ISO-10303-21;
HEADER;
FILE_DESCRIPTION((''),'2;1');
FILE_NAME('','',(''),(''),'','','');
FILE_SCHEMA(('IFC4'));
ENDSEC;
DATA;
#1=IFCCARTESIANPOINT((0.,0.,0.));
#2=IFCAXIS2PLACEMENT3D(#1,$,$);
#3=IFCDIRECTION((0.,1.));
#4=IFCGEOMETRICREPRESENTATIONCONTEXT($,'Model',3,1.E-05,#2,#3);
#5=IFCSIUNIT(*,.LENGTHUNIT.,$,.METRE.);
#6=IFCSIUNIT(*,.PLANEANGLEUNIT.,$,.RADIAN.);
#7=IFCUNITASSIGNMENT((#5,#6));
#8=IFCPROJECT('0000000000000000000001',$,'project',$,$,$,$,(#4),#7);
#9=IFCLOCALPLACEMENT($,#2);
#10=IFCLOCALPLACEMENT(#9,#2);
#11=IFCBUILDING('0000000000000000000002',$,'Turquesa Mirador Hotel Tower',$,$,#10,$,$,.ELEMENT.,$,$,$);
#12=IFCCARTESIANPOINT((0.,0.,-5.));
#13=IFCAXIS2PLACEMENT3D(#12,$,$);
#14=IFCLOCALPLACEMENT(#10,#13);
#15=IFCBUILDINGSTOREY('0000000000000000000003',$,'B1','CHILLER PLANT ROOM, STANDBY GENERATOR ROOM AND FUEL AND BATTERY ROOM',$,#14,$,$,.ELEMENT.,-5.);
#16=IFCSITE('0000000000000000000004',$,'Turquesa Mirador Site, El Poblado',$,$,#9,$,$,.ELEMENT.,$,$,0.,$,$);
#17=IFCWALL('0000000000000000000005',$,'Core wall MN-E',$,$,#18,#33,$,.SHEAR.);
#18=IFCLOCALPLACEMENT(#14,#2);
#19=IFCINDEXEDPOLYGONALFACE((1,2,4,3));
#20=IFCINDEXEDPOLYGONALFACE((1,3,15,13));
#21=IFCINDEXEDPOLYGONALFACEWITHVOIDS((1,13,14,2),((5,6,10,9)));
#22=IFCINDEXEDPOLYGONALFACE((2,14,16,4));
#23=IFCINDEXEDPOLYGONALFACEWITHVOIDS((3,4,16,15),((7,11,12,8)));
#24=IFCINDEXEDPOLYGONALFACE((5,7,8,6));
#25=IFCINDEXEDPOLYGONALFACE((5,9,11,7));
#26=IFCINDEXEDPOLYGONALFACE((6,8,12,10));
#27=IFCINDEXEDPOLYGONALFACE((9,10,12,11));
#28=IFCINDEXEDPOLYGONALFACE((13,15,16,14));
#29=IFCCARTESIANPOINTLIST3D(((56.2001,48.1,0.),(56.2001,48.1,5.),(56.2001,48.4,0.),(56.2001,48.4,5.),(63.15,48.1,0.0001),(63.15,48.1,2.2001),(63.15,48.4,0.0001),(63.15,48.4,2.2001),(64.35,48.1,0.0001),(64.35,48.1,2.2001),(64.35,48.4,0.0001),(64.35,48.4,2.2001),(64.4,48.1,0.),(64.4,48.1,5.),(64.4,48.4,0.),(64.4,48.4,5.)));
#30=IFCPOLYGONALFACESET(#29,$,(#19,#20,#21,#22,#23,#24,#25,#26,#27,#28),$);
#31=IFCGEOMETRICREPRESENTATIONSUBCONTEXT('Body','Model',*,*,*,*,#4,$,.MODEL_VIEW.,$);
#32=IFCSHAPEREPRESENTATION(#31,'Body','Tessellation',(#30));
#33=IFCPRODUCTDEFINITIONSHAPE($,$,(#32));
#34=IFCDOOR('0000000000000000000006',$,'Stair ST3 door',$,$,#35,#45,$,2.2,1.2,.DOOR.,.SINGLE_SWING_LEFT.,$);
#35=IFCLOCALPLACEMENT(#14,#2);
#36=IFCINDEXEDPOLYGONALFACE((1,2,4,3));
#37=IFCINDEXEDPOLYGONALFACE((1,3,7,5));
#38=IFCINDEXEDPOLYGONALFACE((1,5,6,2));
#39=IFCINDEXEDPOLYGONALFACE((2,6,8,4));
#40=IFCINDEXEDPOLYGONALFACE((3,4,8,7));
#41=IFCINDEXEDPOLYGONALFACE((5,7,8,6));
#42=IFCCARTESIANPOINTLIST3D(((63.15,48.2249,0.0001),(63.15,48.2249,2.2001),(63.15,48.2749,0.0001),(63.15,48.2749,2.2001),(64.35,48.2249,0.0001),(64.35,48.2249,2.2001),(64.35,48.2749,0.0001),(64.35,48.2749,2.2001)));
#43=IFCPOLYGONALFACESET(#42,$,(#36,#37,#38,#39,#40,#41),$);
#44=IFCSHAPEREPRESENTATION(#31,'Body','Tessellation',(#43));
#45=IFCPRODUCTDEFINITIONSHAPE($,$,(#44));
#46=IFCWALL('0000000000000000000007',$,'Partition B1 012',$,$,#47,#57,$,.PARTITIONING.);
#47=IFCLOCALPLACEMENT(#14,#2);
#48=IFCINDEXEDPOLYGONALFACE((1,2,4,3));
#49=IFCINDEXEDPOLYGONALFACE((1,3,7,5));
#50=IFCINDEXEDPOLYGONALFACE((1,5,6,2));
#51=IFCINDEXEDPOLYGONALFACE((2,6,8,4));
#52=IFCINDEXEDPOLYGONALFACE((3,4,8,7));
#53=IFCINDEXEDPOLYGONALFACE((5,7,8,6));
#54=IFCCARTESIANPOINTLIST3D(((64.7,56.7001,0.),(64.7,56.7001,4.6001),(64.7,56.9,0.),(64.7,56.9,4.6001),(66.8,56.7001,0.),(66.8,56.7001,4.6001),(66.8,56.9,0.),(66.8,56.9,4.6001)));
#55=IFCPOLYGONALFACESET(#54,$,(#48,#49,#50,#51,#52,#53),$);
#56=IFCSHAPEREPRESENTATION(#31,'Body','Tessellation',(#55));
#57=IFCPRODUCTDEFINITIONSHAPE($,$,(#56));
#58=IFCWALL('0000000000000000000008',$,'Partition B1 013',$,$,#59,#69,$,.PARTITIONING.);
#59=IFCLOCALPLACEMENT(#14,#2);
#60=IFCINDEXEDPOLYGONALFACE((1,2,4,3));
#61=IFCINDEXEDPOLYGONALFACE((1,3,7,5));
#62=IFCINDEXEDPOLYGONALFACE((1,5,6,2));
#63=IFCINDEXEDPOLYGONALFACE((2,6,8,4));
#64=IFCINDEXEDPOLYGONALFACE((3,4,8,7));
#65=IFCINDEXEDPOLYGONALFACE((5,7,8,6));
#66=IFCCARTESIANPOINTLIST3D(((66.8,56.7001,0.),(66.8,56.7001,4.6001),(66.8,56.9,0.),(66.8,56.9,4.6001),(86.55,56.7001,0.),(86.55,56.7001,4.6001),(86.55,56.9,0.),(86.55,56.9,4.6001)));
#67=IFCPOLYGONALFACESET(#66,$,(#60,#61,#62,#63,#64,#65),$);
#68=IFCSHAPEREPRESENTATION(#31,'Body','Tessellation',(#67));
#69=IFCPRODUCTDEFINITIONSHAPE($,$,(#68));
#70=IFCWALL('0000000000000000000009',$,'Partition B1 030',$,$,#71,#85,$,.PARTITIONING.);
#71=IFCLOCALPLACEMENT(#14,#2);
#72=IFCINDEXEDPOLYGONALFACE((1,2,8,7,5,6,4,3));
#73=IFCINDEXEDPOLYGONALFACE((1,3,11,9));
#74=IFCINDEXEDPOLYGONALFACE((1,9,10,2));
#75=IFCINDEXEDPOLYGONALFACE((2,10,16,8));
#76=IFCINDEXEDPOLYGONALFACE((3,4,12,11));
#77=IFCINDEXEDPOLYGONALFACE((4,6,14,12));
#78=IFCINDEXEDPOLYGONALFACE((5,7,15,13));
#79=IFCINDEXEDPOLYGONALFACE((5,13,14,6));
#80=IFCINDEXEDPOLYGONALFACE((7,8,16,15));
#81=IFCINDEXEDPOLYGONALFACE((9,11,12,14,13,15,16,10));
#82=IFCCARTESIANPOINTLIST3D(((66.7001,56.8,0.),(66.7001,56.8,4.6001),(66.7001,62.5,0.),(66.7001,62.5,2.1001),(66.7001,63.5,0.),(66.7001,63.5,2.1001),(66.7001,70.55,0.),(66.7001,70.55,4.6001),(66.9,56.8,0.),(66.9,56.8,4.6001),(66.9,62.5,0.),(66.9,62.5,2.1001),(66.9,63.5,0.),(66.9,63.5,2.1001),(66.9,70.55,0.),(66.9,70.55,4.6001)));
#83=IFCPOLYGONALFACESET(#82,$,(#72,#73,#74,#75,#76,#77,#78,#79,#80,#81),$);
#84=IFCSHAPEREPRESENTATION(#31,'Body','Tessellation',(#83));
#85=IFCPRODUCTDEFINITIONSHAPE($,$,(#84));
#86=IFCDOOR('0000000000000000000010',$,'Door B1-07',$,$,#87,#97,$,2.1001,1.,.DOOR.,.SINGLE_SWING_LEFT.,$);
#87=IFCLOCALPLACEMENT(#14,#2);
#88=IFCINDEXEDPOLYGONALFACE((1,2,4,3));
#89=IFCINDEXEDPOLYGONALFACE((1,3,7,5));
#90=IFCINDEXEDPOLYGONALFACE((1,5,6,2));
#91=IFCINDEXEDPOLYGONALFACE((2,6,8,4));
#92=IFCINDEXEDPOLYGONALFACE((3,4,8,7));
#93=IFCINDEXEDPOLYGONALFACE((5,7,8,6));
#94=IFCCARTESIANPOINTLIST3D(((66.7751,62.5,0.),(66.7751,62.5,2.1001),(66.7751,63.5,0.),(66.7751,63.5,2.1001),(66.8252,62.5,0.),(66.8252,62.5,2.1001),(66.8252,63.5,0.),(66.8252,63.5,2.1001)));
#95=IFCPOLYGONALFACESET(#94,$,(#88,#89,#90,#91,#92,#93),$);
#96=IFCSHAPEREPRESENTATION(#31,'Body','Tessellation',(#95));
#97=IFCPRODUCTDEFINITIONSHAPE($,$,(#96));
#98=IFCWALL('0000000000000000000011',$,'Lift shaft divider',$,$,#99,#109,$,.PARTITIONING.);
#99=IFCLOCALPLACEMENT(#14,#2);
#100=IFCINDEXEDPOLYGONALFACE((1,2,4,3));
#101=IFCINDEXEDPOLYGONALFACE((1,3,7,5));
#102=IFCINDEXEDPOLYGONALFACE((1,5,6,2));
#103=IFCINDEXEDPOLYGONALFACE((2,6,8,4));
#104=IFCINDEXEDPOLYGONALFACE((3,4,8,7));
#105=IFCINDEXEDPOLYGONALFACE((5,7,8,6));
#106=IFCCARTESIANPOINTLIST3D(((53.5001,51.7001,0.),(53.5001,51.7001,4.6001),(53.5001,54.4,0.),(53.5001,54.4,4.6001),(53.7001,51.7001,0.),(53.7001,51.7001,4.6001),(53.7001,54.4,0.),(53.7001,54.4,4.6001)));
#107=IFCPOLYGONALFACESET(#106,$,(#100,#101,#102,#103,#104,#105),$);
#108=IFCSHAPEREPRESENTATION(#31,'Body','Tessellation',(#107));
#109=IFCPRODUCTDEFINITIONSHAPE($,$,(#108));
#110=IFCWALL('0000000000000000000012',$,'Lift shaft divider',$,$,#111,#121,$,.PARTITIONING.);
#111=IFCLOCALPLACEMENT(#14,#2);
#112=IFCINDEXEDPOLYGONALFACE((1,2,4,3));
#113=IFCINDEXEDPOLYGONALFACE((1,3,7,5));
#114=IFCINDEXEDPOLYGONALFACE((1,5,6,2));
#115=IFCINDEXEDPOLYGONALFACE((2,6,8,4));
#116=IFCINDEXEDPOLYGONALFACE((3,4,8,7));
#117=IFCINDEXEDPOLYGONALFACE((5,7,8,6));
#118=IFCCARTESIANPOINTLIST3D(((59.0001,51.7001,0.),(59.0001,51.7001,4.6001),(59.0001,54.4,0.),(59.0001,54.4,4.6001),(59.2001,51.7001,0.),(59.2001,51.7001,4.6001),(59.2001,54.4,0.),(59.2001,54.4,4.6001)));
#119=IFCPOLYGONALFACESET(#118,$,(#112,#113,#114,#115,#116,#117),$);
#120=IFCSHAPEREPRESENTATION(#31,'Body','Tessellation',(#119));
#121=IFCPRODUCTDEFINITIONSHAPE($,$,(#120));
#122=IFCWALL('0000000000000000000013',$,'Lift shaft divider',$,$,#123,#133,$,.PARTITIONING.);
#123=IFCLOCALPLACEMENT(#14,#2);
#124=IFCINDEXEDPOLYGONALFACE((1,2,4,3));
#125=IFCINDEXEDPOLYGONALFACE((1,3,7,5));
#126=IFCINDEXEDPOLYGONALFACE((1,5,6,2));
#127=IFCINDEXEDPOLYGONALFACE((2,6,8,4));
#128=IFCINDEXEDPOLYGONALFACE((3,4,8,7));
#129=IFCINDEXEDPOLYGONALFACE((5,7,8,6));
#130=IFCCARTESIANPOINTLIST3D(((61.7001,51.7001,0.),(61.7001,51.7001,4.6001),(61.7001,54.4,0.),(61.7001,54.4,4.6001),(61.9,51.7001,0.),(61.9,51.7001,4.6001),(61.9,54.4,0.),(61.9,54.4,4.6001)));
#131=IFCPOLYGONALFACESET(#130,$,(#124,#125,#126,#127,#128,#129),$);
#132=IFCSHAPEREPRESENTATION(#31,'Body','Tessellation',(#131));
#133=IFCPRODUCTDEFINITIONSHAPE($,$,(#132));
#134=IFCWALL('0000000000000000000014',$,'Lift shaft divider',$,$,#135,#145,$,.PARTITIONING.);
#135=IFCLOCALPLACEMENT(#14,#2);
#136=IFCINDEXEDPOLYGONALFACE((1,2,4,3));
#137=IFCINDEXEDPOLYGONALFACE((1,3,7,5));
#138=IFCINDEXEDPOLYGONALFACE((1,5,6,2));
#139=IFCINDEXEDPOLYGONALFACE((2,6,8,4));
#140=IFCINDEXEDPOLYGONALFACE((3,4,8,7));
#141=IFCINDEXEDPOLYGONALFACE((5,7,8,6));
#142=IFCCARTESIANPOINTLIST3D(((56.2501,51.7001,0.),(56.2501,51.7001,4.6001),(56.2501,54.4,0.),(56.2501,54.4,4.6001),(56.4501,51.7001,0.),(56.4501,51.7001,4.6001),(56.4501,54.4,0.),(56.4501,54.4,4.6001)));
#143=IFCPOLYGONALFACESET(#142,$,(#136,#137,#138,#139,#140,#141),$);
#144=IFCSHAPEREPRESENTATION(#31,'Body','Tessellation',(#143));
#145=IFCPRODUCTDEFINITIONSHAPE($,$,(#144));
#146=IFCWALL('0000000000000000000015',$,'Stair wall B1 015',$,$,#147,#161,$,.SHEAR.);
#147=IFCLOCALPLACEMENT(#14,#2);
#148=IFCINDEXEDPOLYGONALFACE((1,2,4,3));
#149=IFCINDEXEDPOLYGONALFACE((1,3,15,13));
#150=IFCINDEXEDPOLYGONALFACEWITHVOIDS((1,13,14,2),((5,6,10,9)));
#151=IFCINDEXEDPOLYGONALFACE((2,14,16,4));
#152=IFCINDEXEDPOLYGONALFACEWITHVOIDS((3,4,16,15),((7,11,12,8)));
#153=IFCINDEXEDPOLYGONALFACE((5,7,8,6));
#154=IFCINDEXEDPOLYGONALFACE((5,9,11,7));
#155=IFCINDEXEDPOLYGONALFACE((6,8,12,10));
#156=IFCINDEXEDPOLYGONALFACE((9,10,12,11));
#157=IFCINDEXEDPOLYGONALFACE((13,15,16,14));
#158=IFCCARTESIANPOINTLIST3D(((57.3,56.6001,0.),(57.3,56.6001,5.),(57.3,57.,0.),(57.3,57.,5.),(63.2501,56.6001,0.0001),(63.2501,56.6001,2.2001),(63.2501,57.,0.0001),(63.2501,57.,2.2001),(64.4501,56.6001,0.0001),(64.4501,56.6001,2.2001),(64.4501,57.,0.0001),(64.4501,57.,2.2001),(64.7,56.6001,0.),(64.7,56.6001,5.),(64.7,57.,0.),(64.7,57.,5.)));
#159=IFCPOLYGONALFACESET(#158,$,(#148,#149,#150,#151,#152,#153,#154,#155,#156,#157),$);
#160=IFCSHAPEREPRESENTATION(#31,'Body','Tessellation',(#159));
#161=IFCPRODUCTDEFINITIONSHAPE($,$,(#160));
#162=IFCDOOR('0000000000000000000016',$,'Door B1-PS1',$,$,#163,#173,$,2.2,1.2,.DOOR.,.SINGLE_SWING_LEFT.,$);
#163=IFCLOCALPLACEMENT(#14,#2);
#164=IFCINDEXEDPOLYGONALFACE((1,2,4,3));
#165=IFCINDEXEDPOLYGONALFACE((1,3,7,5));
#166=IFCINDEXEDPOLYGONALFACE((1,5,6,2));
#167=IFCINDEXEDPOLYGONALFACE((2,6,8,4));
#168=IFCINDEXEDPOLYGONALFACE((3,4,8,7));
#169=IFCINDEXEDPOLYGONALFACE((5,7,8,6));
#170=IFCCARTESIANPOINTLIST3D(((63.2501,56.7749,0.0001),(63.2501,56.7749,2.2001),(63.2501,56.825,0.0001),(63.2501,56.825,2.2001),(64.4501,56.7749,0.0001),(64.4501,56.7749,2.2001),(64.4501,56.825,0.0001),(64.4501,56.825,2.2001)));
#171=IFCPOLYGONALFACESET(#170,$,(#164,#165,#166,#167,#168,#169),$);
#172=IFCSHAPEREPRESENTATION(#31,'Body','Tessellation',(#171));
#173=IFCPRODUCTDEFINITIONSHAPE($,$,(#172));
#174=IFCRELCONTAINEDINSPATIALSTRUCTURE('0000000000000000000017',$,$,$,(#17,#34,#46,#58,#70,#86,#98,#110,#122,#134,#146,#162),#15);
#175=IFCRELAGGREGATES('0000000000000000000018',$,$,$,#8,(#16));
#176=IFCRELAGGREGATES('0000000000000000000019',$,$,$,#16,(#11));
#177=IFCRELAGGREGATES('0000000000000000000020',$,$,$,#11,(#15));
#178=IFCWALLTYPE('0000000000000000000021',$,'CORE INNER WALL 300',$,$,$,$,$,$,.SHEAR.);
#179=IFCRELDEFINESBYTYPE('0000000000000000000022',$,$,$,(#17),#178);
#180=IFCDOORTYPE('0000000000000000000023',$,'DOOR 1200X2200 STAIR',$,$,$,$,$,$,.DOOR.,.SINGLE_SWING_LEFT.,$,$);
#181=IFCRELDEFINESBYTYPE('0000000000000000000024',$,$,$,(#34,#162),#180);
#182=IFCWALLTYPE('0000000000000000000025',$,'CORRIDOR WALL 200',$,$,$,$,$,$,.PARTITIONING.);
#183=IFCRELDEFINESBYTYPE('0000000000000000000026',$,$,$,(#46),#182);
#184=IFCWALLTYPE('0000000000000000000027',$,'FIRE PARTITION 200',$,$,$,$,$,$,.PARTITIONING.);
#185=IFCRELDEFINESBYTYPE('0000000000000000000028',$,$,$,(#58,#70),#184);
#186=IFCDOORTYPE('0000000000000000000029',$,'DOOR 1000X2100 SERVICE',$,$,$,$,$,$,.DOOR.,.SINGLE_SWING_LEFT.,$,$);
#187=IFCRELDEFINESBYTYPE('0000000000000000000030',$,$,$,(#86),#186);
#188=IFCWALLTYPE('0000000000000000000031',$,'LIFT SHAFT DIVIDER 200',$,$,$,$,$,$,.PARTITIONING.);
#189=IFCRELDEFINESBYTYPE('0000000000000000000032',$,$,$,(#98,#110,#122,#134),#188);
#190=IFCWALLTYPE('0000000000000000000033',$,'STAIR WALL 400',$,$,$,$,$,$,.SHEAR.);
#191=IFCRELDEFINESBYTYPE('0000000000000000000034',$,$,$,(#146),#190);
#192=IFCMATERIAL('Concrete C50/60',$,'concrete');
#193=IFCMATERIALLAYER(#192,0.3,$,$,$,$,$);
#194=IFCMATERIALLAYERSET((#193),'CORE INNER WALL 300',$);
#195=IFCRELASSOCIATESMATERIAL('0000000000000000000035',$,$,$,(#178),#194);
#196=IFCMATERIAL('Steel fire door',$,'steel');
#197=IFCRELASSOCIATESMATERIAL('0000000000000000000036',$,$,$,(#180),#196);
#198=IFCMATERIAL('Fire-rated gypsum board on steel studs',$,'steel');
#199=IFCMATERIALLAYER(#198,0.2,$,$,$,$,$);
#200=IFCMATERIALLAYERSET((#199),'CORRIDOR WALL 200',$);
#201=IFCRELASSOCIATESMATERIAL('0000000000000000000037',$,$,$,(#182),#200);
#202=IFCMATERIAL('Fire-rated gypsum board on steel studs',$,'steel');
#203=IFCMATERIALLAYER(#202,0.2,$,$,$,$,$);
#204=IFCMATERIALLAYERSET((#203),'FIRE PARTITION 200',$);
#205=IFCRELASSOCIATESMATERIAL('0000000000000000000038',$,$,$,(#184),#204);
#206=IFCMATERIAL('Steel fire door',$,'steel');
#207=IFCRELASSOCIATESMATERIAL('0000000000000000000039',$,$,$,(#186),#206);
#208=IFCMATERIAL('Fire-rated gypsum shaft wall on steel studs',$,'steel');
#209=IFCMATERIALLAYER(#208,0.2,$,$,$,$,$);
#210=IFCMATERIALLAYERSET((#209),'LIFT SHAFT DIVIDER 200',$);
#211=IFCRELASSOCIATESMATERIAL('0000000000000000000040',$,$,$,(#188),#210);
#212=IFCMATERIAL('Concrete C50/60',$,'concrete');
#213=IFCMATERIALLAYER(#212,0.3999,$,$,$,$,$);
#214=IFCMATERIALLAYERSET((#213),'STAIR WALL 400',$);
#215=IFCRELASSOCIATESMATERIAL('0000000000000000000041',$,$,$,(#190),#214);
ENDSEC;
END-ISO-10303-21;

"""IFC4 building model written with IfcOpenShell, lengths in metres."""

from ifc_helpers import new_model, si_unit, direction, frame, frame_2d, origin, place, context, subcontext, project, spatial, rectangle, extrude, material, layer, layer_set, type_object, element, fill, save


model = new_model("IFC4")

# Units and contexts
model_context = context("Model", 3, precision=1e-05, world=origin(), true_north=direction((0.0, 1.0)))
body_context = subcontext(model_context, "Body", "Model", "MODEL_VIEW")
ifc_project = project(units=[si_unit("LENGTHUNIT", "METRE"), si_unit("PLANEANGLEUNIT", "RADIAN")], contexts=[model_context])

# Site, building, storey
site_placement = place(None, origin())
site = spatial("IfcSite", under=ifc_project, at=site_placement, Name="Turquesa Mirador Site, El Poblado", CompositionType="ELEMENT", RefElevation=0.0)
building_placement = place(site_placement, origin())
building = spatial("IfcBuilding", under=site, at=building_placement, Name="Turquesa Mirador Hotel Tower", CompositionType="ELEMENT")
storey_placement = place(building_placement, frame((0.0, 0.0, -5.0)))
storey = spatial("IfcBuildingStorey", under=building, at=storey_placement, Name="B1", Description="CHILLER PLANT ROOM, STANDBY GENERATOR ROOM AND FUEL AND BATTERY ROOM", CompositionType="ELEMENT", Elevation=-5.0)

# Wall, opening, door
ifc_material_1 = material(Name="Concrete C50/60", Category="concrete")
ifc_layer_1 = layer(ifc_material_1, 0.3)
ifc_layer_set_1 = layer_set([ifc_layer_1], Name="CORE INNER WALL 300")
wall_type_1 = type_object("IfcWallType", Name="CORE INNER WALL 300", PredefinedType="SHEAR", material=ifc_layer_set_1)
wall_1_placement = place(storey_placement, frame((56.2, 48.25, 0.0), z_axis=(0.0, 0.0, 1.0), x_axis=(1.0, 0.0, 0.0)))
wall_1 = element("IfcWall", 1, at=wall_1_placement, inside=storey, type_object=wall_type_1, Name="Core wall MN-E", PredefinedType="SHEAR", context=body_context, shape_type="SweptSolid", body=[
    extrude(rectangle(XDim=8.2, YDim=0.3, at=frame_2d((4.1001, 0.0))), origin(), (0.0, 0.0, 1.0), 5.0),
])
opening_1_placement = place(wall_1_placement, frame((6.95, 0.0, 0.0)))
opening_1 = element("IfcOpeningElement", 2, at=opening_1_placement, cuts=wall_1, PredefinedType="OPENING", context=body_context, shape_type="SweptSolid", body=[
    extrude(rectangle(XDim=1.2, YDim=2.2, at=frame_2d((0.6001, 1.1001))), frame((0.0, 0.1599, 0.0), z_axis=(0.0, -1.0, 0.0), x_axis=(1.0, 0.0, 0.0)), (0.0, 0.0, 1.0), 0.3201),
])
ifc_material_2 = material(Name="Steel fire door", Category="steel")
door_type_1 = type_object("IfcDoorType", Name="DOOR 1200X2200 STAIR", OperationType="SINGLE_SWING_LEFT", PredefinedType="DOOR", material=ifc_material_2)
door_1_placement = place(opening_1_placement, origin())
door_1 = element("IfcDoor", 3, at=door_1_placement, inside=storey, type_object=door_type_1, Name="Stair ST3 door", OperationType="SINGLE_SWING_LEFT", OverallHeight=2.2, OverallWidth=1.2, PredefinedType="DOOR", context=body_context, shape_type="SweptSolid", body=[
    extrude(rectangle(XDim=1.2, YDim=2.2, at=frame_2d((0.6001, 1.1001))), frame((0.0, 0.0249, 0.0), z_axis=(0.0, -1.0, 0.0), x_axis=(1.0, 0.0, 0.0)), (0.0, 0.0, 1.0), 0.05),
])
fill(opening_1, door_1)

# Walls
ifc_material_3 = material(Name="Fire-rated gypsum board on steel studs", Category="steel")
ifc_layer_2 = layer(ifc_material_3, 0.2)
ifc_layer_set_2 = layer_set([ifc_layer_2], Name="CORRIDOR WALL 200")
wall_type_2 = type_object("IfcWallType", Name="CORRIDOR WALL 200", PredefinedType="PARTITIONING", material=ifc_layer_set_2)
wall_2_placement = place(storey_placement, frame((64.7, 56.8, 0.0), z_axis=(0.0, 0.0, 1.0), x_axis=(1.0, 0.0, 0.0)))
element("IfcWall", 4, at=wall_2_placement, inside=storey, type_object=wall_type_2, Name="Partition B1 012", PredefinedType="PARTITIONING", context=body_context, shape_type="SweptSolid", body=[
    extrude(rectangle(XDim=2.1001, YDim=0.2, at=frame_2d((1.05, 0.0))), origin(), (0.0, 0.0, 1.0), 4.6001),
])
ifc_material_4 = material(Name="Fire-rated gypsum board on steel studs", Category="steel")
ifc_layer_3 = layer(ifc_material_4, 0.2)
ifc_layer_set_3 = layer_set([ifc_layer_3], Name="FIRE PARTITION 200")
wall_type_3 = type_object("IfcWallType", Name="FIRE PARTITION 200", PredefinedType="PARTITIONING", material=ifc_layer_set_3)
wall_3_placement = place(storey_placement, frame((66.8, 56.8, 0.0), z_axis=(0.0, 0.0, 1.0), x_axis=(1.0, 0.0, 0.0)))
element("IfcWall", 5, at=wall_3_placement, inside=storey, type_object=wall_type_3, Name="Partition B1 013", PredefinedType="PARTITIONING", context=body_context, shape_type="SweptSolid", body=[
    extrude(rectangle(XDim=19.75, YDim=0.2, at=frame_2d((9.875, 0.0))), origin(), (0.0, 0.0, 1.0), 4.6001),
])

# Wall, opening, door
wall_4_placement = place(storey_placement, frame((66.8, 56.8, 0.0), z_axis=(0.0, 0.0, 1.0), x_axis=(0.0, 1.0, 0.0)))
wall_4 = element("IfcWall", 6, at=wall_4_placement, inside=storey, type_object=wall_type_3, Name="Partition B1 030", PredefinedType="PARTITIONING", context=body_context, shape_type="SweptSolid", body=[
    extrude(rectangle(XDim=13.75, YDim=0.2, at=frame_2d((6.875, 0.0))), origin(), (0.0, 0.0, 1.0), 4.6001),
])
opening_2_placement = place(wall_4_placement, frame((5.7, 0.0, 0.0)))
opening_2 = element("IfcOpeningElement", 7, at=opening_2_placement, cuts=wall_4, PredefinedType="OPENING", context=body_context, shape_type="SweptSolid", body=[
    extrude(rectangle(XDim=1.0, YDim=2.1001, at=frame_2d((0.5, 1.05))), frame((0.0, 0.1099, 0.0), z_axis=(0.0, -1.0, 0.0), x_axis=(1.0, 0.0, 0.0)), (0.0, 0.0, 1.0), 0.22),
])
ifc_material_5 = material(Name="Steel fire door", Category="steel")
door_type_2 = type_object("IfcDoorType", Name="DOOR 1000X2100 SERVICE", OperationType="SINGLE_SWING_LEFT", PredefinedType="DOOR", material=ifc_material_5)
door_2_placement = place(opening_2_placement, origin())
door_2 = element("IfcDoor", 8, at=door_2_placement, inside=storey, type_object=door_type_2, Name="Door B1-07", OperationType="SINGLE_SWING_LEFT", OverallHeight=2.1001, OverallWidth=1.0, PredefinedType="DOOR", context=body_context, shape_type="SweptSolid", body=[
    extrude(rectangle(XDim=1.0, YDim=2.1001, at=frame_2d((0.5, 1.05))), frame((0.0, 0.0249, 0.0), z_axis=(0.0, -1.0, 0.0), x_axis=(1.0, 0.0, 0.0)), (0.0, 0.0, 1.0), 0.05),
])
fill(opening_2, door_2)

# Walls
ifc_material_6 = material(Name="Fire-rated gypsum shaft wall on steel studs", Category="steel")
ifc_layer_4 = layer(ifc_material_6, 0.2)
ifc_layer_set_4 = layer_set([ifc_layer_4], Name="LIFT SHAFT DIVIDER 200")
wall_type_4 = type_object("IfcWallType", Name="LIFT SHAFT DIVIDER 200", PredefinedType="PARTITIONING", material=ifc_layer_set_4)
for number, where, z_axis, x_axis, name in (
    (9, (53.6001, 51.7, 0.0), (0.0, 0.0, 1.0), (0.0, 1.0, 0.0), "Lift shaft divider"),
    (10, (59.1001, 51.7, 0.0), (0.0, 0.0, 1.0), (0.0, 1.0, 0.0), "Lift shaft divider"),
    (11, (61.8, 51.7, 0.0), (0.0, 0.0, 1.0), (0.0, 1.0, 0.0), "Lift shaft divider"),
    (12, (56.3501, 51.7, 0.0), (0.0, 0.0, 1.0), (0.0, 1.0, 0.0), "Lift shaft divider"),
):
    element("IfcWall", number, at=place(storey_placement, frame(where, z_axis=z_axis, x_axis=x_axis)), inside=storey, type_object=wall_type_4, Name=name, PredefinedType="PARTITIONING", context=body_context, shape_type="SweptSolid", body=[
        extrude(rectangle(XDim=2.7, YDim=0.2, at=frame_2d((1.3501, 0.0))), origin(), (0.0, 0.0, 1.0), 4.6001),
    ])

# Wall, opening, door
ifc_material_7 = material(Name="Concrete C50/60", Category="concrete")
ifc_layer_5 = layer(ifc_material_7, 0.3999)
ifc_layer_set_5 = layer_set([ifc_layer_5], Name="STAIR WALL 400")
wall_type_5 = type_object("IfcWallType", Name="STAIR WALL 400", PredefinedType="SHEAR", material=ifc_layer_set_5)
wall_5_placement = place(storey_placement, frame((57.3, 56.8, 0.0), z_axis=(0.0, 0.0, 1.0), x_axis=(1.0, 0.0, 0.0)))
wall_5 = element("IfcWall", 13, at=wall_5_placement, inside=storey, type_object=wall_type_5, Name="Stair wall B1 015", PredefinedType="SHEAR", context=body_context, shape_type="SweptSolid", body=[
    extrude(rectangle(XDim=7.3999, YDim=0.3999, at=frame_2d((3.7, 0.0))), origin(), (0.0, 0.0, 1.0), 5.0),
])
opening_3_placement = place(wall_5_placement, frame((5.95, 0.0, 0.0)))
opening_3 = element("IfcOpeningElement", 14, at=opening_3_placement, cuts=wall_5, PredefinedType="OPENING", context=body_context, shape_type="SweptSolid", body=[
    extrude(rectangle(XDim=1.2, YDim=2.2, at=frame_2d((0.6001, 1.1001))), frame((0.0, 0.21, 0.0), z_axis=(0.0, -1.0, 0.0), x_axis=(1.0, 0.0, 0.0)), (0.0, 0.0, 1.0), 0.4199),
])
door_3_placement = place(opening_3_placement, origin())
door_3 = element("IfcDoor", 15, at=door_3_placement, inside=storey, type_object=door_type_1, Name="Door B1-PS1", OperationType="SINGLE_SWING_LEFT", OverallHeight=2.2, OverallWidth=1.2, PredefinedType="DOOR", context=body_context, shape_type="SweptSolid", body=[
    extrude(rectangle(XDim=1.2, YDim=2.2, at=frame_2d((0.6001, 1.1001))), frame((0.0, 0.0249, 0.0), z_axis=(0.0, -1.0, 0.0), x_axis=(1.0, 0.0, 0.0)), (0.0, 0.0, 1.0), 0.05),
])
fill(opening_3, door_3)

save(model, "model.ifc")
